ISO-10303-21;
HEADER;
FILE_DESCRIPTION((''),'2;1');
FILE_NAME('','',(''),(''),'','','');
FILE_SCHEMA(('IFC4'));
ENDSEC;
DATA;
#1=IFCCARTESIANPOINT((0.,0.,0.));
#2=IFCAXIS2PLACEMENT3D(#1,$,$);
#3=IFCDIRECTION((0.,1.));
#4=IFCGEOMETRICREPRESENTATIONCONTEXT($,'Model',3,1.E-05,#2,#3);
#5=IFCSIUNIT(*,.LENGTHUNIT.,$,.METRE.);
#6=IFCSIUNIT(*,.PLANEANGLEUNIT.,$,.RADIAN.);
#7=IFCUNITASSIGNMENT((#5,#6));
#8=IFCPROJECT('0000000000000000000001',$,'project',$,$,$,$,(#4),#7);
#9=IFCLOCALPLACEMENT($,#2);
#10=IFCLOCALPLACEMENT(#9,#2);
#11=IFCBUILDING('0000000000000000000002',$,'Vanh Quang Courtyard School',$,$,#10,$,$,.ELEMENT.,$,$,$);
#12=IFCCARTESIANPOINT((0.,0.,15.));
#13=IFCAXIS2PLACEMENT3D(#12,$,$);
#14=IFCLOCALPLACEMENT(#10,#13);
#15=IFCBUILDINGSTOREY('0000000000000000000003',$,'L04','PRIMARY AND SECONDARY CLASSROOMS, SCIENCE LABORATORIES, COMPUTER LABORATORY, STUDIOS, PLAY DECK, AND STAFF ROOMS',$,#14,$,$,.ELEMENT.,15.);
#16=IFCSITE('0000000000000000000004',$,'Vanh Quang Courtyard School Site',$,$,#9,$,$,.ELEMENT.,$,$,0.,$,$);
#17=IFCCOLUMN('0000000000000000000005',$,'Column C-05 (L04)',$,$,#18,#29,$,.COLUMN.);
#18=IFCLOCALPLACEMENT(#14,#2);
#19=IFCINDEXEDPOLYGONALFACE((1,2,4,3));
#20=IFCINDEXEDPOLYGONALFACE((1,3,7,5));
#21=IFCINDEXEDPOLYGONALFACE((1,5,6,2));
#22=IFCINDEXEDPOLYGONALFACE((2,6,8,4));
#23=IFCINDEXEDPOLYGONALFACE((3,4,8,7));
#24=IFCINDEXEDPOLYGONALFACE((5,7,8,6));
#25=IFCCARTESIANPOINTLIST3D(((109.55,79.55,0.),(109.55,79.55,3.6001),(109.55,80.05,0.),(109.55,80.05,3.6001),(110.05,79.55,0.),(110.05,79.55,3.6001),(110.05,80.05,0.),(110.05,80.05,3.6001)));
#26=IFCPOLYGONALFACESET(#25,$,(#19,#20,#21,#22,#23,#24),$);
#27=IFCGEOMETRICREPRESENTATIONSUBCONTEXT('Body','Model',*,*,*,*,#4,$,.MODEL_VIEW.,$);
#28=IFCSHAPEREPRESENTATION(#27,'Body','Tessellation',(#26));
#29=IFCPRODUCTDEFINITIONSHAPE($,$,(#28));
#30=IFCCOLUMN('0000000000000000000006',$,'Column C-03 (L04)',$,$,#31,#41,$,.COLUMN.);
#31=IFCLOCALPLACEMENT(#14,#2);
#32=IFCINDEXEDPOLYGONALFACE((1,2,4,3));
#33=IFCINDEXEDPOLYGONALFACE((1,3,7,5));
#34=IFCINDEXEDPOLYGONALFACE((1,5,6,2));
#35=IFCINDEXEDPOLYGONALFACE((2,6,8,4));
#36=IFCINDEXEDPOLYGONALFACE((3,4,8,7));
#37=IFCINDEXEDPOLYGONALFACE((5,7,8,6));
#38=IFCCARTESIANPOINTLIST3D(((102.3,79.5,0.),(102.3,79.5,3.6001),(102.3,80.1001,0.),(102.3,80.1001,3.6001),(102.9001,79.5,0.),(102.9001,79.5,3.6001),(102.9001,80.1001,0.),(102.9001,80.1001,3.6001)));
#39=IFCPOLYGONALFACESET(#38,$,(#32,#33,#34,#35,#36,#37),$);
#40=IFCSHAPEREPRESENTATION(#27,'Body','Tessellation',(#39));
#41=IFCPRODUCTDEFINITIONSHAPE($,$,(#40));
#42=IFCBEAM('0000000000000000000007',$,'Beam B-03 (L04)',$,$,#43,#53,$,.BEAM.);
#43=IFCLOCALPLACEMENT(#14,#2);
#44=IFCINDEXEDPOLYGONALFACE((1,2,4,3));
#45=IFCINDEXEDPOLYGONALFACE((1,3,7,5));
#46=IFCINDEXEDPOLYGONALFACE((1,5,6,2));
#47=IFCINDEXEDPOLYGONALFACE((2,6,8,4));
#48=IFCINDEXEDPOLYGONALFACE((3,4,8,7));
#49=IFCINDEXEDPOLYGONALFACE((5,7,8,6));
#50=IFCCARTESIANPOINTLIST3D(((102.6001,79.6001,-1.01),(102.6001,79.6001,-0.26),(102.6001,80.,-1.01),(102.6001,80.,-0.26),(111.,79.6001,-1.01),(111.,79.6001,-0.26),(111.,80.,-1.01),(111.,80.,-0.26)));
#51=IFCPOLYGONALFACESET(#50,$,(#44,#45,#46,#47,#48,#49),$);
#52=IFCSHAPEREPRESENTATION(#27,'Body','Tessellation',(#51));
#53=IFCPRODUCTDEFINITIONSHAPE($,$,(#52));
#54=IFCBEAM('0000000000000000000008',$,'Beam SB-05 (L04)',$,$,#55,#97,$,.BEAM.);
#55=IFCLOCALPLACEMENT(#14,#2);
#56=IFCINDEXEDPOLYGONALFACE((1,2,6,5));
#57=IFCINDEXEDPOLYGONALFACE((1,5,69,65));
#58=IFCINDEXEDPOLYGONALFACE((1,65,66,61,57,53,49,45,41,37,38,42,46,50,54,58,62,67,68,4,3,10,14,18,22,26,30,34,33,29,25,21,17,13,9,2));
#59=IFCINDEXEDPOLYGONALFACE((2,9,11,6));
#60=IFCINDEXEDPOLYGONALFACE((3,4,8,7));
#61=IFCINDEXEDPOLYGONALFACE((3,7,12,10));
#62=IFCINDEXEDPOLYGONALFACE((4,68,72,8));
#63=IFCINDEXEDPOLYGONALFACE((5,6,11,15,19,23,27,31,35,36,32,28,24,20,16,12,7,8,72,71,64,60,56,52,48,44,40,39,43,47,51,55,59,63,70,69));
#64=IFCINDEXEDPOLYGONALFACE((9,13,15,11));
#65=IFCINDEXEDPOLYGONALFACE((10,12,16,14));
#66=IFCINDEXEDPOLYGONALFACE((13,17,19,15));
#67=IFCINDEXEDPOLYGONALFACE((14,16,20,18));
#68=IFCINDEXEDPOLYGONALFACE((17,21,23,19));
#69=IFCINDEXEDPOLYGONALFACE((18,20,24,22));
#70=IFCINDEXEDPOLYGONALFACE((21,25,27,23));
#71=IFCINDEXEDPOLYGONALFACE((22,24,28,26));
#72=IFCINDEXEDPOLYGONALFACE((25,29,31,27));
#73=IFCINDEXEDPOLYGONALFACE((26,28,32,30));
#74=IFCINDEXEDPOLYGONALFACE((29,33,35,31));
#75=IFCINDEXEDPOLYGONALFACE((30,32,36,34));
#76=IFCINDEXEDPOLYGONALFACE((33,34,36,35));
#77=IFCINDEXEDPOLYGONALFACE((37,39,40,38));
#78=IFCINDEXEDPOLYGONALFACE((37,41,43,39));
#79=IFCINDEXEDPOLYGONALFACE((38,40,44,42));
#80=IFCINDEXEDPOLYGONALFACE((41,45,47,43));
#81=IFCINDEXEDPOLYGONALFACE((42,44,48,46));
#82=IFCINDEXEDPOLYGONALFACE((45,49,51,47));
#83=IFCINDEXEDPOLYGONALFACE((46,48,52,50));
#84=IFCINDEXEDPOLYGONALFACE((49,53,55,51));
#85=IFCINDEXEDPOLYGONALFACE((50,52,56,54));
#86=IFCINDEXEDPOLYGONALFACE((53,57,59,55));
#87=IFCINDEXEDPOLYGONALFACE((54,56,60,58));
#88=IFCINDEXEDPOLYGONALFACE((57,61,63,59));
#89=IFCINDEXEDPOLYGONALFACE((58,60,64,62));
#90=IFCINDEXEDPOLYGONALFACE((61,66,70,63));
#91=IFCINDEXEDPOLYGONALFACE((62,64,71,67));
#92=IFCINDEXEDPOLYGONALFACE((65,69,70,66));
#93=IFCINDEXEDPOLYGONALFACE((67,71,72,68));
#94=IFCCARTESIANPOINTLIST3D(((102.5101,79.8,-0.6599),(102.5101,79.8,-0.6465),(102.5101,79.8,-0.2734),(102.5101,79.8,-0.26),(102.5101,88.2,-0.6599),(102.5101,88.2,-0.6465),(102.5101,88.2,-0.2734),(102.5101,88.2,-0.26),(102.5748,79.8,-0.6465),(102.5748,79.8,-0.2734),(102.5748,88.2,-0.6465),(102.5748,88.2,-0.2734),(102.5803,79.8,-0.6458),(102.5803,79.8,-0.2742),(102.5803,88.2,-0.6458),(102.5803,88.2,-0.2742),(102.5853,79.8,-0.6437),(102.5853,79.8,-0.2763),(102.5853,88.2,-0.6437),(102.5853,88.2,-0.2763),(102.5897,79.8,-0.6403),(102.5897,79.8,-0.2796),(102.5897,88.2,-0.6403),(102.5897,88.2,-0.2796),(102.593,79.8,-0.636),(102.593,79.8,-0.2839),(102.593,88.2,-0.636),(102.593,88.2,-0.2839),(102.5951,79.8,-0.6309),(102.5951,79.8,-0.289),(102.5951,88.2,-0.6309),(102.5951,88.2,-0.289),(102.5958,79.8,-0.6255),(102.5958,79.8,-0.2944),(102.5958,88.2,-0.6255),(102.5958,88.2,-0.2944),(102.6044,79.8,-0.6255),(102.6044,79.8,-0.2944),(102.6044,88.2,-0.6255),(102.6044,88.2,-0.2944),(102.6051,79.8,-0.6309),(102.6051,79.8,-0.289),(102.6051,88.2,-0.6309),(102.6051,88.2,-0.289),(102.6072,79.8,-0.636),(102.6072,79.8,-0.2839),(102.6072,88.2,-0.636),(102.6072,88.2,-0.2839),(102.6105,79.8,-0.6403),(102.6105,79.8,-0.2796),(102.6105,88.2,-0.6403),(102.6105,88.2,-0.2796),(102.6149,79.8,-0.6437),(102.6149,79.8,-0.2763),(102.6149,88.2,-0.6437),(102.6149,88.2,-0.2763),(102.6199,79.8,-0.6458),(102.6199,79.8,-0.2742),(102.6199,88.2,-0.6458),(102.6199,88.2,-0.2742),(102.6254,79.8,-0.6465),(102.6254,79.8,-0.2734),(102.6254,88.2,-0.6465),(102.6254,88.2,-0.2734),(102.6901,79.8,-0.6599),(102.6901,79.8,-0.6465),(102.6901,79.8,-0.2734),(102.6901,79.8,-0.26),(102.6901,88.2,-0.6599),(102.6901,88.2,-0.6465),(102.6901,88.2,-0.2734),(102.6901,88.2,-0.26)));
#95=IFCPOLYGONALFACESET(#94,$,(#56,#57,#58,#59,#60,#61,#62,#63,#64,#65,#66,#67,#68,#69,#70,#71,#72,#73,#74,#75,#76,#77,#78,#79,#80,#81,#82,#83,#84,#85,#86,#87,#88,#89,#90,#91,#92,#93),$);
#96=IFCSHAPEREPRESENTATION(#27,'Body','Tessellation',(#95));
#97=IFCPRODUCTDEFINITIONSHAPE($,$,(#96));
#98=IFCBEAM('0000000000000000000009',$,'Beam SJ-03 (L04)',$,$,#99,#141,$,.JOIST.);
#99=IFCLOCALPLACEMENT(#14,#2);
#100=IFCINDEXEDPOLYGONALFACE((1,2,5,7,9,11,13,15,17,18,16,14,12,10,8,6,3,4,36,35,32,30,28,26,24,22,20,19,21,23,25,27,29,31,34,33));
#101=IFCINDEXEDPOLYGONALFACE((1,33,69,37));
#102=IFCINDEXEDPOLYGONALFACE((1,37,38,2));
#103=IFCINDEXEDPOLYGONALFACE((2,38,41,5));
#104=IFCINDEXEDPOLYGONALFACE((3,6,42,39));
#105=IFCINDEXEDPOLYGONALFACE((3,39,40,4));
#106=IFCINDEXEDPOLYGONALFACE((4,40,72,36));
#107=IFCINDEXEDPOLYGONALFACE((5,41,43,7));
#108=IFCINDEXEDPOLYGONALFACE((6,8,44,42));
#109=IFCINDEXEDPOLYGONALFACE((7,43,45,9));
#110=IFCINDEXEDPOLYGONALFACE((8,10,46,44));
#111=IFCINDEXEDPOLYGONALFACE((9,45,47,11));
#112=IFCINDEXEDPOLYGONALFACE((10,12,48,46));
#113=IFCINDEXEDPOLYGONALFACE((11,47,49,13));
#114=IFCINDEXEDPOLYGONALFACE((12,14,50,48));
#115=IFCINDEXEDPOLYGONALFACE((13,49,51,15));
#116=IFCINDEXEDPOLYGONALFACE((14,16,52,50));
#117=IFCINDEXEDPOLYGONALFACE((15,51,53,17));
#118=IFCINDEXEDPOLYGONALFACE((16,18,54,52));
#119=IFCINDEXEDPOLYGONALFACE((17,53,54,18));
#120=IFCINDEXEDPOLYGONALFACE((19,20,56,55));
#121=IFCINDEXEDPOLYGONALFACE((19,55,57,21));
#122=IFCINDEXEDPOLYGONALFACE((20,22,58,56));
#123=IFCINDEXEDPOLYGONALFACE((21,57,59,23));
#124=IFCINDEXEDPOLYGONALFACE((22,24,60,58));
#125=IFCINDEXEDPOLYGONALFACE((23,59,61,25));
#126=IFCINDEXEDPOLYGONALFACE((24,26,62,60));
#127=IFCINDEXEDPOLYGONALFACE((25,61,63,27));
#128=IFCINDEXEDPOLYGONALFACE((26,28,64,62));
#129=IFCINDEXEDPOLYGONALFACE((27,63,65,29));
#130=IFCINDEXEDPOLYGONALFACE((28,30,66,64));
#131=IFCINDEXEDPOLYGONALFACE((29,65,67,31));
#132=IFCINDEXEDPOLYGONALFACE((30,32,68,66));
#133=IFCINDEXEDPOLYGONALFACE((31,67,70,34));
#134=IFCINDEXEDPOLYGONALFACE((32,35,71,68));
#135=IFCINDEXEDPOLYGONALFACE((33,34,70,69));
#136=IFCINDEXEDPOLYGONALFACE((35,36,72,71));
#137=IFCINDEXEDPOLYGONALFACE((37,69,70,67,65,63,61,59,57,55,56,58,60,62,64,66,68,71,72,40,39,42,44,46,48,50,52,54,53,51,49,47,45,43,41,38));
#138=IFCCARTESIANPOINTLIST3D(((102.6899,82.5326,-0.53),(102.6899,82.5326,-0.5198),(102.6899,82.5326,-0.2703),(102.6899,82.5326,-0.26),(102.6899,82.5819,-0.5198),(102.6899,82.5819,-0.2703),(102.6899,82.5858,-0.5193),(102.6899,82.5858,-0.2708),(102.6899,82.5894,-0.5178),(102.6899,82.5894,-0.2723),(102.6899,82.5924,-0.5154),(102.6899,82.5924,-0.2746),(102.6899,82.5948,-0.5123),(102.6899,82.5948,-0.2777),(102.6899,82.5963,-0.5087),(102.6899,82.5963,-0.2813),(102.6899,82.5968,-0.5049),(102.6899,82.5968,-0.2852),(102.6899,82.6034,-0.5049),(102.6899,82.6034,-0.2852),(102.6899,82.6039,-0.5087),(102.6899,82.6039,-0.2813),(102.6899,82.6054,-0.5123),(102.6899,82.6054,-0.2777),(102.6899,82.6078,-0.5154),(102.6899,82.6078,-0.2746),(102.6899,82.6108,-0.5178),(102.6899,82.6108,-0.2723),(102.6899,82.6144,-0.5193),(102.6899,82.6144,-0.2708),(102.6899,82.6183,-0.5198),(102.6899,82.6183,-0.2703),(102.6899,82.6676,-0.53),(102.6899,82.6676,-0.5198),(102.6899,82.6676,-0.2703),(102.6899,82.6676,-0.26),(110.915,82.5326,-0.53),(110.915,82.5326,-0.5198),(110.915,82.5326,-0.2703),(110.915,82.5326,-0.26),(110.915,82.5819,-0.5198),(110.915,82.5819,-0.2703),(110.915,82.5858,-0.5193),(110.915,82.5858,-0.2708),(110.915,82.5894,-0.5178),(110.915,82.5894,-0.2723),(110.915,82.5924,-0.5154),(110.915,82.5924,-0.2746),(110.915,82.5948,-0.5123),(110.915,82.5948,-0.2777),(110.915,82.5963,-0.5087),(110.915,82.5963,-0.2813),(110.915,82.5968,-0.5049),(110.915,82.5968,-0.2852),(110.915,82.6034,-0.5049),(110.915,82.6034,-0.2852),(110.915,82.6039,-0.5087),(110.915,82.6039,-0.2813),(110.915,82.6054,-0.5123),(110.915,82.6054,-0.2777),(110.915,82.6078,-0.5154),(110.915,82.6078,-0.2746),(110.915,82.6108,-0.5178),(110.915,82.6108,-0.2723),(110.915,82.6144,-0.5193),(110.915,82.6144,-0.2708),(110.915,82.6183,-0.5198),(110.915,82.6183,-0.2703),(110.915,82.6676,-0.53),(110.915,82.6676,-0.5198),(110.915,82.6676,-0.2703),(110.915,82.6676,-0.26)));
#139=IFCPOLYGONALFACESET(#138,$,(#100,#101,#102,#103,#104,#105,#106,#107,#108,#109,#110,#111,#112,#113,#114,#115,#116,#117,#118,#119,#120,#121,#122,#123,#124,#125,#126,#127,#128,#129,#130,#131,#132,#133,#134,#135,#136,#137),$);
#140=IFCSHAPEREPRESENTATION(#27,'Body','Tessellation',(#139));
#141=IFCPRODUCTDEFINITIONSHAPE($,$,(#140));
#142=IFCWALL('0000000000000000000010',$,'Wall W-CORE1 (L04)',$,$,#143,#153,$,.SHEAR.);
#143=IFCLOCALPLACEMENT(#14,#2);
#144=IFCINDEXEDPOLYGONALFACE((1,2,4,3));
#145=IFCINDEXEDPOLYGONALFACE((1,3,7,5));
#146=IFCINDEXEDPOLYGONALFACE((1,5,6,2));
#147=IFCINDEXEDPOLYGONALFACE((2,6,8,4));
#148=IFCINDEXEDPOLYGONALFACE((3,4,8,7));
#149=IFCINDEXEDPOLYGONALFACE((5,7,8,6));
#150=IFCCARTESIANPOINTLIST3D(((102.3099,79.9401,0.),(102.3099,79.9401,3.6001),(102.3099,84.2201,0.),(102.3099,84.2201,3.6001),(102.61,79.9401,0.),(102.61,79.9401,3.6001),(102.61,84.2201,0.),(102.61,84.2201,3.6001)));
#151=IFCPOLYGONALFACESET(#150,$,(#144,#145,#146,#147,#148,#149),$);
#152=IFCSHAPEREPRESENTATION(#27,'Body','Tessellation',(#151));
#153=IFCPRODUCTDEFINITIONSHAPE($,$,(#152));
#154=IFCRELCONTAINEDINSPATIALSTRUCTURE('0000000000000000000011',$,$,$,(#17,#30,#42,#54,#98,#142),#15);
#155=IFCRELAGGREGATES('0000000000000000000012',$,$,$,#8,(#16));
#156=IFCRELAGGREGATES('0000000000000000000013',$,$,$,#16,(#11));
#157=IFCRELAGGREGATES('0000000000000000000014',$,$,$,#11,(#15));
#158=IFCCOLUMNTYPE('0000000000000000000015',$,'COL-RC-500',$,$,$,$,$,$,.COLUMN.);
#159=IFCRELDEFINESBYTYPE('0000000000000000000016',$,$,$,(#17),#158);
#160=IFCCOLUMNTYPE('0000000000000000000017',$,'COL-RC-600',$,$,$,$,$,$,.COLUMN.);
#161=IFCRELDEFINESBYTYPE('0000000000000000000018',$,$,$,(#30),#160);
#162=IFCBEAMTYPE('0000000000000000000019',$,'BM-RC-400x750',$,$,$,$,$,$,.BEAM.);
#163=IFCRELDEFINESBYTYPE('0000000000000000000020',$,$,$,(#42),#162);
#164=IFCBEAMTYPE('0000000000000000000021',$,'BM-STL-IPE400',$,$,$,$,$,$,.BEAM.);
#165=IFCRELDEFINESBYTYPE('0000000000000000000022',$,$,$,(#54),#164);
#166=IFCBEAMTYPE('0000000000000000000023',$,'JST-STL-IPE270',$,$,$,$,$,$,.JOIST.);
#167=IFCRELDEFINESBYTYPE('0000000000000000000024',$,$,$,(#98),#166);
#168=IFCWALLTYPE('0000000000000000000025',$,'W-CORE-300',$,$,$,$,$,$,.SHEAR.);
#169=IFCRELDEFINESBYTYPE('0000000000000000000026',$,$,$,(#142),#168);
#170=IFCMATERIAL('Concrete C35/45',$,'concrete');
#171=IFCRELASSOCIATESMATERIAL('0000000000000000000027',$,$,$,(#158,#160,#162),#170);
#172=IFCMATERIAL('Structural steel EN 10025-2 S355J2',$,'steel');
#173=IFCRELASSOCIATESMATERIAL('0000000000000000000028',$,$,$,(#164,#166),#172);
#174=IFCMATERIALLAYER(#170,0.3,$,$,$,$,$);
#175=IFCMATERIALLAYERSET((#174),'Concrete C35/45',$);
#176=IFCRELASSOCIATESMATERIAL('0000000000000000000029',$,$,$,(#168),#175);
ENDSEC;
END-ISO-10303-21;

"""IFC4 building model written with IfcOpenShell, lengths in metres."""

from ifc_helpers import new_model, si_unit, direction, frame, frame_2d, origin, origin_2d, place, context, subcontext, project, spatial, rectangle, i_section, extrude, material, layer, layer_set, material_profile, profile_set, type_object, element, save


model = new_model("IFC4")

# Units and contexts
model_context = context("Model", 3, precision=1e-05, world=origin(), true_north=direction((0.0, 1.0)))
body_context = subcontext(model_context, "Body", "Model", "MODEL_VIEW")
ifc_project = project(units=[si_unit("LENGTHUNIT", "METRE"), si_unit("PLANEANGLEUNIT", "RADIAN")], contexts=[model_context])

# Site, building, storey
site_placement = place(None, origin())
site = spatial("IfcSite", under=ifc_project, at=site_placement, Name="Vanh Quang Courtyard School Site", CompositionType="ELEMENT", RefElevation=0.0)
building_placement = place(site_placement, origin())
building = spatial("IfcBuilding", under=site, at=building_placement, Name="Vanh Quang Courtyard School", CompositionType="ELEMENT")
storey_placement = place(building_placement, frame((0.0, 0.0, 15.0)))
storey = spatial("IfcBuildingStorey", under=building, at=storey_placement, Name="L04", Description="PRIMARY AND SECONDARY CLASSROOMS, SCIENCE LABORATORIES, COMPUTER LABORATORY, STUDIOS, PLAY DECK, AND STAFF ROOMS", CompositionType="ELEMENT", Elevation=15.0)

# Columns
ifc_material_1 = material(Name="Concrete C35/45", Category="concrete")
ifc_material_profile_1 = material_profile(ifc_material_1, rectangle(XDim=0.5, YDim=0.5, at=origin_2d()), Name="RC-COL 500x500")
ifc_profile_set_1 = profile_set([ifc_material_profile_1], Name="Concrete C35/45")
column_type_1 = type_object("IfcColumnType", Name="COL-RC-500", PredefinedType="COLUMN", material=ifc_profile_set_1)
column_1_placement = place(storey_placement, frame((109.8, 79.8, 0.0), z_axis=(0.0, 0.0, 1.0), x_axis=(1.0, 0.0, 0.0)))
element("IfcColumn", 1, at=column_1_placement, inside=storey, type_object=column_type_1, Name="Column C-05 (L04)", PredefinedType="COLUMN", context=body_context, shape_type="SweptSolid", body=[
    extrude(rectangle(XDim=0.5, YDim=0.5, at=origin_2d()), origin(), (0.0, 0.0, 1.0), 3.6001),
])
ifc_material_profile_2 = material_profile(ifc_material_1, rectangle(XDim=0.6001, YDim=0.6001, at=origin_2d()), Name="RC-COL 600x600")
ifc_profile_set_2 = profile_set([ifc_material_profile_2], Name="Concrete C35/45")
column_type_2 = type_object("IfcColumnType", Name="COL-RC-600", PredefinedType="COLUMN", material=ifc_profile_set_2)
column_2_placement = place(storey_placement, frame((102.6001, 79.8, 0.0), z_axis=(0.0, 0.0, 1.0), x_axis=(1.0, 0.0, 0.0)))
element("IfcColumn", 2, at=column_2_placement, inside=storey, type_object=column_type_2, Name="Column C-03 (L04)", PredefinedType="COLUMN", context=body_context, shape_type="SweptSolid", body=[
    extrude(rectangle(XDim=0.6001, YDim=0.6001, at=origin_2d()), origin(), (0.0, 0.0, 1.0), 3.6001),
])

# Beams
ifc_material_profile_3 = material_profile(ifc_material_1, rectangle(XDim=0.3999, YDim=0.75, at=origin_2d()), Name="RC-BM 400x750")
ifc_profile_set_3 = profile_set([ifc_material_profile_3], Name="Concrete C35/45")
beam_type_1 = type_object("IfcBeamType", Name="BM-RC-400x750", PredefinedType="BEAM", material=ifc_profile_set_3)
beam_1_placement = place(storey_placement, frame((102.6001, 79.8, -0.635), z_axis=(1.0, 0.0, 0.0), x_axis=(0.0, 1.0, 0.0)))
element("IfcBeam", 3, at=beam_1_placement, inside=storey, type_object=beam_type_1, Name="Beam B-03 (L04)", PredefinedType="BEAM", context=body_context, shape_type="SweptSolid", body=[
    extrude(rectangle(XDim=0.3999, YDim=0.75, at=origin_2d()), origin(), (0.0, 0.0, 1.0), 8.3999),
])
ifc_material_2 = material(Name="Structural steel EN 10025-2 S355J2", Category="steel")
ifc_material_profile_4 = material_profile(ifc_material_2, i_section(OverallWidth=0.1799, OverallDepth=0.3999, WebThickness=0.0085, FlangeThickness=0.0134, FilletRadius=0.021, at=origin_2d()), Name="IPE 400")
ifc_profile_set_4 = profile_set([ifc_material_profile_4], Name="Structural steel EN 10025-2 S355J2")
beam_type_2 = type_object("IfcBeamType", Name="BM-STL-IPE400", PredefinedType="BEAM", material=ifc_profile_set_4)
beam_2_placement = place(storey_placement, frame((102.6001, 79.8, -0.46), z_axis=(0.0, 1.0, 0.0), x_axis=(-1.0, 0.0, 0.0)))
element("IfcBeam", 4, at=beam_2_placement, inside=storey, type_object=beam_type_2, Name="Beam SB-05 (L04)", PredefinedType="BEAM", context=body_context, shape_type="SweptSolid", body=[
    extrude(i_section(OverallWidth=0.1799, OverallDepth=0.3999, WebThickness=0.0085, FlangeThickness=0.0134, FilletRadius=0.021, at=origin_2d()), origin(), (0.0, 0.0, 1.0), 8.3999),
])
ifc_material_profile_5 = material_profile(ifc_material_2, i_section(OverallWidth=0.135, OverallDepth=0.27, WebThickness=0.0066, FlangeThickness=0.0103, FilletRadius=0.0149, at=origin_2d()), Name="IPE 270")
ifc_profile_set_5 = profile_set([ifc_material_profile_5], Name="Structural steel EN 10025-2 S355J2")
beam_type_3 = type_object("IfcBeamType", Name="JST-STL-IPE270", PredefinedType="JOIST", material=ifc_profile_set_5)
beam_3_placement = place(storey_placement, frame((102.6899, 82.6001, -0.395), z_axis=(1.0, 0.0, 0.0), x_axis=(0.0, 1.0, 0.0)))
element("IfcBeam", 5, at=beam_3_placement, inside=storey, type_object=beam_type_3, Name="Beam SJ-03 (L04)", PredefinedType="JOIST", context=body_context, shape_type="SweptSolid", body=[
    extrude(i_section(OverallWidth=0.135, OverallDepth=0.27, WebThickness=0.0066, FlangeThickness=0.0103, FilletRadius=0.0149, at=origin_2d()), origin(), (0.0, 0.0, 1.0), 8.2251),
])

# Wall
ifc_layer_1 = layer(ifc_material_1, 0.3)
ifc_layer_set_1 = layer_set([ifc_layer_1], Name="Concrete C35/45")
wall_type_1 = type_object("IfcWallType", Name="W-CORE-300", PredefinedType="SHEAR", material=ifc_layer_set_1)
wall_1_placement = place(storey_placement, frame((102.46, 79.9399, 0.0), z_axis=(0.0, 0.0, 1.0), x_axis=(0.0, 1.0, 0.0)))
element("IfcWall", 6, at=wall_1_placement, inside=storey, type_object=wall_type_1, Name="Wall W-CORE1 (L04)", PredefinedType="SHEAR", context=body_context, shape_type="SweptSolid", body=[
    extrude(rectangle(XDim=4.28, YDim=0.3, at=frame_2d((2.1401, 0.0))), origin(), (0.0, 0.0, 1.0), 3.6001),
])

save(model, "model.ifc")
